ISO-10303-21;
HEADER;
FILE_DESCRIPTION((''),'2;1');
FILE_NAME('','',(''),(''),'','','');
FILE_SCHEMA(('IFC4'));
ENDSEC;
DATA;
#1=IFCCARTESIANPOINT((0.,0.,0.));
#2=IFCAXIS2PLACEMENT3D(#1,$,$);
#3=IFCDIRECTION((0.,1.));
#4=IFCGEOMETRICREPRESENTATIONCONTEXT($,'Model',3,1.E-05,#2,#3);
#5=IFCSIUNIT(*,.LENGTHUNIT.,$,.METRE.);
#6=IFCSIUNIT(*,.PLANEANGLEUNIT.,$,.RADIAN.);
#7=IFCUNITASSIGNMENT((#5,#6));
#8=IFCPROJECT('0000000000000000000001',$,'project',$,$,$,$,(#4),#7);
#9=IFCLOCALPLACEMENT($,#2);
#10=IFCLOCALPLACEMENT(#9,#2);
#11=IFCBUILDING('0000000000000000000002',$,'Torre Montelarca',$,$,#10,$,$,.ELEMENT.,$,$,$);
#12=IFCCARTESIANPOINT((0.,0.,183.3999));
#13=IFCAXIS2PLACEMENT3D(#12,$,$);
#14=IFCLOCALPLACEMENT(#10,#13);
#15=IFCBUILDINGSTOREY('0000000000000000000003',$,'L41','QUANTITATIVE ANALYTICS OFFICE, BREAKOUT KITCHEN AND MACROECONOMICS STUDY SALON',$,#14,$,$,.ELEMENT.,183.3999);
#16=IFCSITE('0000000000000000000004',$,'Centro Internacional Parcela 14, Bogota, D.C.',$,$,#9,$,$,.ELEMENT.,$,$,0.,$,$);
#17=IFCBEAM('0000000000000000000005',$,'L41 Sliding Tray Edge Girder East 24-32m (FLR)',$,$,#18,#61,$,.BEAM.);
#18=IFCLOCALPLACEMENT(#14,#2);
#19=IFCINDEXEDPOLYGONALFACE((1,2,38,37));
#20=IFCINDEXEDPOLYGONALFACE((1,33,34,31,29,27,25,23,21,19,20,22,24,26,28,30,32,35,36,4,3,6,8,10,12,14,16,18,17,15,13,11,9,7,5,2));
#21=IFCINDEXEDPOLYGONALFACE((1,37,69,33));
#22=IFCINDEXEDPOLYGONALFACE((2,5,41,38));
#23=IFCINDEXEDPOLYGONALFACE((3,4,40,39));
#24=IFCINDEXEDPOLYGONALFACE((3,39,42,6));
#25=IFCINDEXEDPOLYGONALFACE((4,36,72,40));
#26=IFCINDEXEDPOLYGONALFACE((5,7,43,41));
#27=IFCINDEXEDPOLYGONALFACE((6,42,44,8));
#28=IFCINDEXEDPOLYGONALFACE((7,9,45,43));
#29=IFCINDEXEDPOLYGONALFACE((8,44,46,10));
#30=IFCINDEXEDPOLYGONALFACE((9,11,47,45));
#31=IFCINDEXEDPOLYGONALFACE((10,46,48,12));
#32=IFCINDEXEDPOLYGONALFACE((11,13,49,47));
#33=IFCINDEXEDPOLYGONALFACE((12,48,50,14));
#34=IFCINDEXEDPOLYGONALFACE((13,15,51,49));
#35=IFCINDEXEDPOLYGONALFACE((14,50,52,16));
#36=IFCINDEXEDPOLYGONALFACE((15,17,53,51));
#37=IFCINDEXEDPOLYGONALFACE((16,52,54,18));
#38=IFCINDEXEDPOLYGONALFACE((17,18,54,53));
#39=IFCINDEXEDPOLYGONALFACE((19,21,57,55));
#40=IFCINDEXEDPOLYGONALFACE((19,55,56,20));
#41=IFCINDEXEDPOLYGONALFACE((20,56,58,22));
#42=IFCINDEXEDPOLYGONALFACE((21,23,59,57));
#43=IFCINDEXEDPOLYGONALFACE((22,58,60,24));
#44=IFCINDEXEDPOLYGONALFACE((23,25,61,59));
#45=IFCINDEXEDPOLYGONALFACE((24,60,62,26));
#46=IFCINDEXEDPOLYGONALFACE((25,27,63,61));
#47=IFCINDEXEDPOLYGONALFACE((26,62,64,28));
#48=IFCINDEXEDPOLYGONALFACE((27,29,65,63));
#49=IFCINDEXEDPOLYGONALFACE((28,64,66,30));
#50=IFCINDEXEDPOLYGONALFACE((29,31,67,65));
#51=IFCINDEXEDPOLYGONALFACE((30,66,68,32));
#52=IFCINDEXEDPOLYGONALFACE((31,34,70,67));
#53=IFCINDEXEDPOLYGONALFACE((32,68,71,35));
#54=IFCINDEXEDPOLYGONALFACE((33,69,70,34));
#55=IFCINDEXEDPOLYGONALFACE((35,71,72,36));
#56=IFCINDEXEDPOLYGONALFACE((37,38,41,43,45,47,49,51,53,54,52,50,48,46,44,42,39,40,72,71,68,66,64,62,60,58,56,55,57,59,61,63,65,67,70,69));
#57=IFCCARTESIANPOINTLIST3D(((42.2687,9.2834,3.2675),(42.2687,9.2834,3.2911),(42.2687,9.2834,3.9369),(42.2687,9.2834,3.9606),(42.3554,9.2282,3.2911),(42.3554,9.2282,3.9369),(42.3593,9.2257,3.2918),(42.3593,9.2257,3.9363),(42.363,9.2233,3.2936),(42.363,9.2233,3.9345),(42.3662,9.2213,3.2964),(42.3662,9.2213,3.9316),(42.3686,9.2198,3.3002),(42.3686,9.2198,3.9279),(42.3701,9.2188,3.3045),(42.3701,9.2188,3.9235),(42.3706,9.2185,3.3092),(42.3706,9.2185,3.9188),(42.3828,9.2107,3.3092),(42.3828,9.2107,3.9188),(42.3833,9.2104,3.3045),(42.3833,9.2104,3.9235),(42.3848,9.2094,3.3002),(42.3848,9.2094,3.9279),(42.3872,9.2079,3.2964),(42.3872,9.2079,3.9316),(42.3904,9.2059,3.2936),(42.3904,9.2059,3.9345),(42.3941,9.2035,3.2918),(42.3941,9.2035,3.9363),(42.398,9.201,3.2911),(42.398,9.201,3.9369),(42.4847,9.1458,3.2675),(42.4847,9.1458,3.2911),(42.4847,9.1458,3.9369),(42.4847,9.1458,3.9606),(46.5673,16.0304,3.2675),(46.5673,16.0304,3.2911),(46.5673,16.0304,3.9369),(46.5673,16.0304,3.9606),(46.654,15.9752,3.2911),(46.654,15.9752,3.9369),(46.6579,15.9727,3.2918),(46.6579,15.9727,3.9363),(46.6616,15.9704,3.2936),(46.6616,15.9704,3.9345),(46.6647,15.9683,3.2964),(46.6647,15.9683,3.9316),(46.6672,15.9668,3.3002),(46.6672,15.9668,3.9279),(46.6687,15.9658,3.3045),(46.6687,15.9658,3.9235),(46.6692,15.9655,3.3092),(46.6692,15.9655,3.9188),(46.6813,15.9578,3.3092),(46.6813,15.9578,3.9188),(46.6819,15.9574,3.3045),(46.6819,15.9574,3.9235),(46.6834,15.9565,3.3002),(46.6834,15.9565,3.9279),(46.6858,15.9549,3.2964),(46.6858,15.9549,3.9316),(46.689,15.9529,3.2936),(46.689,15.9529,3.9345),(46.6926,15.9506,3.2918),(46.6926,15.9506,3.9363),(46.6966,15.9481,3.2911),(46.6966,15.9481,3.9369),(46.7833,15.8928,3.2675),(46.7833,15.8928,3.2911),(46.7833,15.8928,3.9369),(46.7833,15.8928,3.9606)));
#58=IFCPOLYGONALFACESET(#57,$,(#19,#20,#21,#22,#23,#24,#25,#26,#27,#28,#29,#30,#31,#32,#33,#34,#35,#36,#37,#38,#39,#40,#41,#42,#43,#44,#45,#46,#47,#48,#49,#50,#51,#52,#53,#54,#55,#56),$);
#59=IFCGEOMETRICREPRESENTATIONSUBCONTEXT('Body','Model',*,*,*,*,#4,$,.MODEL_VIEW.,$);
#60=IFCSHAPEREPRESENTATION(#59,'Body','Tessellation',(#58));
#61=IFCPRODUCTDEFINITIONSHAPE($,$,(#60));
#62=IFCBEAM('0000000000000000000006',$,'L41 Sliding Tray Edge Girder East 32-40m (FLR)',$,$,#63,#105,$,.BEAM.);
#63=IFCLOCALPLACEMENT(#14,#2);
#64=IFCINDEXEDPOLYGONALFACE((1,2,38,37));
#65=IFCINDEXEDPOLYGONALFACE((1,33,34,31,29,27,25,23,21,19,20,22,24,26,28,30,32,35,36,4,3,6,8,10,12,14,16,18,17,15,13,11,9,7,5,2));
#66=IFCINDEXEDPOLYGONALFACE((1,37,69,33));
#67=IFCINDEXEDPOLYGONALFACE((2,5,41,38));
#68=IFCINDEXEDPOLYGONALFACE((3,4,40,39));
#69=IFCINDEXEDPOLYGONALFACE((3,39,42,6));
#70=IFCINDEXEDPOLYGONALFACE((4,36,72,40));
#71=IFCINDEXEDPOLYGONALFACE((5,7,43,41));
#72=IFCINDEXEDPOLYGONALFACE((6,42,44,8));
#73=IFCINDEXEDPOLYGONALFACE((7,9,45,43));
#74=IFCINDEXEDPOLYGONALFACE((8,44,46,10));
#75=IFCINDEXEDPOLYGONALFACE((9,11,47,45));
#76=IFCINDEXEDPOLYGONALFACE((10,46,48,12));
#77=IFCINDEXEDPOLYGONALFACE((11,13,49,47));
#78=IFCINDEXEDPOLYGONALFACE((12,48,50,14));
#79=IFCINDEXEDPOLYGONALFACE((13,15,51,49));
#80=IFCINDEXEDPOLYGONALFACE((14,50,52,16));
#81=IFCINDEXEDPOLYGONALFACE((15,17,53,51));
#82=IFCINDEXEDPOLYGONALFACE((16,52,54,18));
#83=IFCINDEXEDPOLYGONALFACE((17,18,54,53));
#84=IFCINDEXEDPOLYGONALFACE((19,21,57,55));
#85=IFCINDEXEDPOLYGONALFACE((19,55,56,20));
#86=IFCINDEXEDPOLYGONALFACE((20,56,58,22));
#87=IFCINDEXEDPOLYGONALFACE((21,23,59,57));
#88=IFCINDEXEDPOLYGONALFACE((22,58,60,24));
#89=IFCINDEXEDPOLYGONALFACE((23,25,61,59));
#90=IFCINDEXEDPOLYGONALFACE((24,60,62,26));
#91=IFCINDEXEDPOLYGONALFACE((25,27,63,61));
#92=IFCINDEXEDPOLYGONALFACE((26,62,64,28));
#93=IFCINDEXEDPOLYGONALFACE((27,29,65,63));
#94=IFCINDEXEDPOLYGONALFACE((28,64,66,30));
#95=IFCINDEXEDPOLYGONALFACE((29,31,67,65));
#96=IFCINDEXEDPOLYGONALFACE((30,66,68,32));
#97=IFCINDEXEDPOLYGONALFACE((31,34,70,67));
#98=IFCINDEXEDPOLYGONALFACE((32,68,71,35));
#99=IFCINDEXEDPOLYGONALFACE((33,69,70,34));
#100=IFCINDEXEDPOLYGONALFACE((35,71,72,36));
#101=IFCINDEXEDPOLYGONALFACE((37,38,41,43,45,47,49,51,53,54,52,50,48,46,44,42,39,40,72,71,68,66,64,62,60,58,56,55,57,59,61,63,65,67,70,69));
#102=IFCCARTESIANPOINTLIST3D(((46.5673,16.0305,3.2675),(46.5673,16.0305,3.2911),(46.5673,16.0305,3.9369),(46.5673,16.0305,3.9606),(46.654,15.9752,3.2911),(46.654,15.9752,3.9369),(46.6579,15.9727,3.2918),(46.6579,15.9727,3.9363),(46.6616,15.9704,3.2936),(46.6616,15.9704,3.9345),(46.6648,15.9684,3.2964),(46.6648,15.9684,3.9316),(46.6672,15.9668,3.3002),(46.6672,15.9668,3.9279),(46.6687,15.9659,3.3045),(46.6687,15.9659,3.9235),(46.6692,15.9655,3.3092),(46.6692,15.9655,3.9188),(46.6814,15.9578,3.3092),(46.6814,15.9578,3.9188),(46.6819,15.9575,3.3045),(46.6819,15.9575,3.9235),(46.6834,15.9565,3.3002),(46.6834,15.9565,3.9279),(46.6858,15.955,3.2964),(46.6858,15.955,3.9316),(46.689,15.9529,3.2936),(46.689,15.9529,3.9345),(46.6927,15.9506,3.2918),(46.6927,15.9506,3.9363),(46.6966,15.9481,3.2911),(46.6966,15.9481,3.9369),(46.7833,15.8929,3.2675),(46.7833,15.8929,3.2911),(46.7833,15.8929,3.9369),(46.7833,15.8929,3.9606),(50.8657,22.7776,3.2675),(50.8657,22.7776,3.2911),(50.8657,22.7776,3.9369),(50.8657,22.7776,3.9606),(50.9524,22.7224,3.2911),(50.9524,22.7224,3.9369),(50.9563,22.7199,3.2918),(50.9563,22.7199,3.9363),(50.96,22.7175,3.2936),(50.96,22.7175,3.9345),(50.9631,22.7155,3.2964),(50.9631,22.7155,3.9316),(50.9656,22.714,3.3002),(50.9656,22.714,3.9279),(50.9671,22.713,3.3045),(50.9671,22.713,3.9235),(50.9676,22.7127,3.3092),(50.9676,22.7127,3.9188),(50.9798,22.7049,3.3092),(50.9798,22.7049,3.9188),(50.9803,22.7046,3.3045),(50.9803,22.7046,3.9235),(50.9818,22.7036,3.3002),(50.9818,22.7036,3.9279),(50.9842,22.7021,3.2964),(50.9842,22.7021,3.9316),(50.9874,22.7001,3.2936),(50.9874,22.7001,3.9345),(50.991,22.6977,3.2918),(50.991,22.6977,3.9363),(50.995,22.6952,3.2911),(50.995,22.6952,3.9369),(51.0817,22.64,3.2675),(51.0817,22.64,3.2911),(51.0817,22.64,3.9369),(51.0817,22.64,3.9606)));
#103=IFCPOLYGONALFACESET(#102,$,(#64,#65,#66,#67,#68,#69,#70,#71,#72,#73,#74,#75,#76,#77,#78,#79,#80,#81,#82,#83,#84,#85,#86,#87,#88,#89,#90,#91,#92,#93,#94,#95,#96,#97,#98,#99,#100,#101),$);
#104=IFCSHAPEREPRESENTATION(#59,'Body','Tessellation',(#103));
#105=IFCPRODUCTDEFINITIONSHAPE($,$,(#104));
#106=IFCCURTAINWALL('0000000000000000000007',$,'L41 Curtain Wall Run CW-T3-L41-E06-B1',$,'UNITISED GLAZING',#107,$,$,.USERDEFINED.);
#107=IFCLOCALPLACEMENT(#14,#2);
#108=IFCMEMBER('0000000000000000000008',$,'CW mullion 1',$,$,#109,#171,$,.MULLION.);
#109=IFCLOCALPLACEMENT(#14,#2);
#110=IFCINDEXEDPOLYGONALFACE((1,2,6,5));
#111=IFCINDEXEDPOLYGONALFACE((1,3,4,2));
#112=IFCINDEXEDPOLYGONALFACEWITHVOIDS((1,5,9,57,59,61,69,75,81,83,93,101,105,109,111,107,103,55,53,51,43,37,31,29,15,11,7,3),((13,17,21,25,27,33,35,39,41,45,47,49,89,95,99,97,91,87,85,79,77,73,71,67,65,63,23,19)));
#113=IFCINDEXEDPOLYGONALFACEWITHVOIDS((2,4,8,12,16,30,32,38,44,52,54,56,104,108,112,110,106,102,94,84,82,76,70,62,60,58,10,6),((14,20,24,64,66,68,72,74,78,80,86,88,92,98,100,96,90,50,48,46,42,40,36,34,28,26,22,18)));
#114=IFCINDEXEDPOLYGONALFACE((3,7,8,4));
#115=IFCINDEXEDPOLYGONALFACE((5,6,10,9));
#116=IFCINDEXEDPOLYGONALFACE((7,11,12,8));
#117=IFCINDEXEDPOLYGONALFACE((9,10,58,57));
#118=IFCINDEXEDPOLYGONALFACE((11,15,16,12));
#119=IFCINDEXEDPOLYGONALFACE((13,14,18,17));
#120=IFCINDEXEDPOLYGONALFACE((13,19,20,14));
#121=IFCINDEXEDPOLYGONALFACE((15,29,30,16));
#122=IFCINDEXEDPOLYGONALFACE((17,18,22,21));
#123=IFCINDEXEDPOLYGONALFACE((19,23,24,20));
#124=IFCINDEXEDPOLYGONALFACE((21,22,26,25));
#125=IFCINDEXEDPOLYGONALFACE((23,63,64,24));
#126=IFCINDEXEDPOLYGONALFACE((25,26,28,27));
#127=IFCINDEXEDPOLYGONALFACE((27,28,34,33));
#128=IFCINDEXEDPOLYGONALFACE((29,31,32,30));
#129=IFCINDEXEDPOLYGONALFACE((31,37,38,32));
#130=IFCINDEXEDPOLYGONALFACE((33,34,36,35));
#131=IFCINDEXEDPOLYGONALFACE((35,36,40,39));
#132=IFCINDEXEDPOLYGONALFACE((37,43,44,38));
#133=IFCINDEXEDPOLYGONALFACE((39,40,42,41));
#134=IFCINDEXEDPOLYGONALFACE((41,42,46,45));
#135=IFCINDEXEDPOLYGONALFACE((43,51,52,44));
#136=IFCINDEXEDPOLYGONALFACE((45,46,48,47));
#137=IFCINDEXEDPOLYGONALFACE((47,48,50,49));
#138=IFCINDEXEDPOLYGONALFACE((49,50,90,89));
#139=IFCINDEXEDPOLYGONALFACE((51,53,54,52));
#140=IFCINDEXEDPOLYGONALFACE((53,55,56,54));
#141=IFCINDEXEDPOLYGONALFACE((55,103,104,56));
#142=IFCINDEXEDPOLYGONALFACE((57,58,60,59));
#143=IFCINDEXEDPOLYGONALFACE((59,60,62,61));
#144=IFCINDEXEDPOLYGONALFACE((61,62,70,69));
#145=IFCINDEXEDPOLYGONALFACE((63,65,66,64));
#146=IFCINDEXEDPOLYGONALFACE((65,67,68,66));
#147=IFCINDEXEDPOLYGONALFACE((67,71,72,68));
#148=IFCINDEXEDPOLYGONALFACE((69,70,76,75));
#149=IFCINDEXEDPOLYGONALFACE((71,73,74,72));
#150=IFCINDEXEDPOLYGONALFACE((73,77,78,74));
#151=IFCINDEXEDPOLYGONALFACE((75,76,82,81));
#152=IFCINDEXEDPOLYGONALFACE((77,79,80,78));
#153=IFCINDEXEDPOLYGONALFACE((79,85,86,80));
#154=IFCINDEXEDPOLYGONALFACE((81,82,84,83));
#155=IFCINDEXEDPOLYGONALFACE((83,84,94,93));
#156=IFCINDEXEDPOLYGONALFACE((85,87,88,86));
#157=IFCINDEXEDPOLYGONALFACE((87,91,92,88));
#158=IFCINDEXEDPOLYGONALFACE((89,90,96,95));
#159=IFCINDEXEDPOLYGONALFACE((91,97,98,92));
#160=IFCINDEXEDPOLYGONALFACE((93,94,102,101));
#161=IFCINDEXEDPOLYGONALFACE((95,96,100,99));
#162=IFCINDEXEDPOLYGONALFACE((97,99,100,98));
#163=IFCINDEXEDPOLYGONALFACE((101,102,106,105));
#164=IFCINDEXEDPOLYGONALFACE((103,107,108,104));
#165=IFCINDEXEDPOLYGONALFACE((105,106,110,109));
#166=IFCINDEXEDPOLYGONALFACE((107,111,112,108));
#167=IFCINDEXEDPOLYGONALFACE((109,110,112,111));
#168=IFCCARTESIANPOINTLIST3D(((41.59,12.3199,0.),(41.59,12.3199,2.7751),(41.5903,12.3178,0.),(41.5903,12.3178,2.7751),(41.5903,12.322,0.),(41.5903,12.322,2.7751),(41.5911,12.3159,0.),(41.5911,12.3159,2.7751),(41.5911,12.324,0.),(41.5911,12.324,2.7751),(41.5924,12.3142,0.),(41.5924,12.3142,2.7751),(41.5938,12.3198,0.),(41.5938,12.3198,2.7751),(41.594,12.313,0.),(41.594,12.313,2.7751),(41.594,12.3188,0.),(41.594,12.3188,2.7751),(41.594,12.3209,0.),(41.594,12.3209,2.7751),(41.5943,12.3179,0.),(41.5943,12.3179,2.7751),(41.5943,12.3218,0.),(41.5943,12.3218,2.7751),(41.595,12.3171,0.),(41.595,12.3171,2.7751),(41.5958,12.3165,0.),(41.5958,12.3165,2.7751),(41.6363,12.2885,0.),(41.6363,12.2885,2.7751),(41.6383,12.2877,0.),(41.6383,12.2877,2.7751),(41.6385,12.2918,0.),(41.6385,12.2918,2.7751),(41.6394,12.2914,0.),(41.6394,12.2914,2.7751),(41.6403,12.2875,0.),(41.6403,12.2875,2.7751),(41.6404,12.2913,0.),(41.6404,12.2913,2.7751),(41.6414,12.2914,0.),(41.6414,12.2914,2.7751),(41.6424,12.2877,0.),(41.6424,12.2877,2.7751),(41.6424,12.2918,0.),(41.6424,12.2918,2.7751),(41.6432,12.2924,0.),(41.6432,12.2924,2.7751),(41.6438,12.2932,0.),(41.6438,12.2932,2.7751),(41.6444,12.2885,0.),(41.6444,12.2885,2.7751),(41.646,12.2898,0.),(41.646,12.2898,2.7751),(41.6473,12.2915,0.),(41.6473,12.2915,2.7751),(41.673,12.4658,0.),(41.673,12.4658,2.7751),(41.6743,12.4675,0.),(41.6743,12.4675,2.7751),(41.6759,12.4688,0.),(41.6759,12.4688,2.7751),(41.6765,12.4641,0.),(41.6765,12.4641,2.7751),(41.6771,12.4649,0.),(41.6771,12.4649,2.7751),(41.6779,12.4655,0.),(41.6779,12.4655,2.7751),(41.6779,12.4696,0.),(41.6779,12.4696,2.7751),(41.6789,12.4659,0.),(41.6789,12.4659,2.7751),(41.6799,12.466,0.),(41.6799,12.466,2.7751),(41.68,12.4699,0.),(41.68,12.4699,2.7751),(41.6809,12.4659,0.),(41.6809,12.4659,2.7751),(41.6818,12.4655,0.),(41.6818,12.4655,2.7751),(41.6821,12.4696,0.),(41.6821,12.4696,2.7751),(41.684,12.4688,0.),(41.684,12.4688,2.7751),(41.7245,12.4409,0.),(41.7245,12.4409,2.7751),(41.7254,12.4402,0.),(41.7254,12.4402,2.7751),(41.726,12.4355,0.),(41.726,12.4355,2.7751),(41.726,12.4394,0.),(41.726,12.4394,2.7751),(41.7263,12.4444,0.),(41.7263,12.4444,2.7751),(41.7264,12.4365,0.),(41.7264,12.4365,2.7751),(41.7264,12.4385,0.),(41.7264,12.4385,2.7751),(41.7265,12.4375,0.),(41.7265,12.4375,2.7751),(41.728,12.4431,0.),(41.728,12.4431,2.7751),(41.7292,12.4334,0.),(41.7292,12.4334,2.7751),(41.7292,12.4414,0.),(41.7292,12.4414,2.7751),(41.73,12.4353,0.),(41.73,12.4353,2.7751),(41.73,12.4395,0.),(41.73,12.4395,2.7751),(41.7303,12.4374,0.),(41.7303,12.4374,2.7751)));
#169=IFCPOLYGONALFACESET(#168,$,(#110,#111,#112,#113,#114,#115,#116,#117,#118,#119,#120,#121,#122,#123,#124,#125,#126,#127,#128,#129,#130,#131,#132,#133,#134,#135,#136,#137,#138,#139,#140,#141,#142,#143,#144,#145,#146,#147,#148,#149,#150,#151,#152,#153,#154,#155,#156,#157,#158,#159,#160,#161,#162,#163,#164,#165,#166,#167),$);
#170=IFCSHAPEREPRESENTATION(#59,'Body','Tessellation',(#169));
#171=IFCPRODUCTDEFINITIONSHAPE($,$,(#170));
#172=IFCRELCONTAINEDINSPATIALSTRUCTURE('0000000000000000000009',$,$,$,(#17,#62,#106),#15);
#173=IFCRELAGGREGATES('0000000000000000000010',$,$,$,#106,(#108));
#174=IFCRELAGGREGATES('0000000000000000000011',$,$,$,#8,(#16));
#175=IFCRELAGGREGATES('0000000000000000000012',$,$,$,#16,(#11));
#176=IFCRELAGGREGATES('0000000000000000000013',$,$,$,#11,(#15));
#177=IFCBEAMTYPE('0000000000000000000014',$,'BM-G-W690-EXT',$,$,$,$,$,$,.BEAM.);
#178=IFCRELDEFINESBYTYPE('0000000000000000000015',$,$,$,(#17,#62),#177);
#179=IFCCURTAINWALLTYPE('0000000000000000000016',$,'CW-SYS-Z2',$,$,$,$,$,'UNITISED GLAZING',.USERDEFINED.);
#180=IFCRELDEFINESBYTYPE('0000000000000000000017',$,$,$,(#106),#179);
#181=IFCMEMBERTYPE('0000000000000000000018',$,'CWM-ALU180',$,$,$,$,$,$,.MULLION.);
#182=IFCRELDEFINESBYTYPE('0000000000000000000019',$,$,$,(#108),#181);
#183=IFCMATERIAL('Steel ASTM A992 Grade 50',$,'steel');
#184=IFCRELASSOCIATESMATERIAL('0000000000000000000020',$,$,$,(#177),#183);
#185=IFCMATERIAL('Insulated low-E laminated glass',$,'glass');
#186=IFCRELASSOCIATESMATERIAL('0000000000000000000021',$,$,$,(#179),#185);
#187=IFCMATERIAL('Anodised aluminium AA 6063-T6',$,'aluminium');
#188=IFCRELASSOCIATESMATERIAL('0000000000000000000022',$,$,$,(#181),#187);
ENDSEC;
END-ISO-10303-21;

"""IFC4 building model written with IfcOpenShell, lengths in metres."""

from ifc_helpers import new_model, si_unit, direction, frame, origin, origin_2d, place, context, subcontext, project, spatial, hollow_rectangle, i_section, extrude, source, transform, mapped, material, material_profile, profile_set, type_object, element, aggregate, save


model = new_model("IFC4")

# Units and contexts
model_context = context("Model", 3, precision=1e-05, world=origin(), true_north=direction((0.0, 1.0)))
body_context = subcontext(model_context, "Body", "Model", "MODEL_VIEW")
ifc_project = project(units=[si_unit("LENGTHUNIT", "METRE"), si_unit("PLANEANGLEUNIT", "RADIAN")], contexts=[model_context])

# Site, building, storey
site_placement = place(None, origin())
site = spatial("IfcSite", under=ifc_project, at=site_placement, Name="Centro Internacional Parcela 14, Bogota, D.C.", CompositionType="ELEMENT", RefElevation=0.0)
building_placement = place(site_placement, origin())
building = spatial("IfcBuilding", under=site, at=building_placement, Name="Torre Montelarca", CompositionType="ELEMENT")
storey_placement = place(building_placement, frame((0.0, 0.0, 183.3999)))
storey = spatial("IfcBuildingStorey", under=building, at=storey_placement, Name="L41", Description="QUANTITATIVE ANALYTICS OFFICE, BREAKOUT KITCHEN AND MACROECONOMICS STUDY SALON", CompositionType="ELEMENT", Elevation=183.3999)

# Beams
ifc_material_1 = material(Name="Steel ASTM A992 Grade 50", Category="steel")
ifc_material_profile_1 = material_profile(ifc_material_1, i_section(OverallWidth=0.2561, OverallDepth=0.6931, WebThickness=0.0144, FlangeThickness=0.0237, FilletRadius=0.0181, at=origin_2d()), Name="W690X170", Category="steel")
ifc_profile_set_1 = profile_set([ifc_material_profile_1], Name="Steel ASTM A992 Grade 50")
beam_type_1 = type_object("IfcBeamType", Name="BM-G-W690-EXT", PredefinedType="BEAM", material=ifc_profile_set_1)
shared_shape_1 = source(origin(), body_context, "Body", "SweptSolid", [
    extrude(i_section(OverallWidth=0.2561, OverallDepth=0.6931, WebThickness=0.0144, FlangeThickness=0.0237, FilletRadius=0.0181, at=origin_2d()), origin(), (0.0, 0.0, 1.0), 8.0),
])
for number, where, z_axis, x_axis, name in (
    (1, (42.3767, 9.2146, 3.614), (0.53732, 0.843379, 0.0), (-0.843379, 0.53732, 0.0), "L41 Sliding Tray Edge Girder East 24-32m (FLR)"),
    (2, (46.6753, 15.9617, 3.614), (0.537298, 0.843392, 0.0), (-0.843392, 0.537298, 0.0), "L41 Sliding Tray Edge Girder East 32-40m (FLR)"),
):
    element("IfcBeam", number, at=place(storey_placement, frame(where, z_axis=z_axis, x_axis=x_axis)), inside=storey, type_object=beam_type_1, Name=name, PredefinedType="BEAM", context=body_context, shape_type="MappedRepresentation", body=[
        mapped(shared_shape_1, transform((0.0, 0.0, 0.0), scale=1.0)),
    ])

# Curtain wall, member
ifc_material_2 = material(Name="Insulated low-E laminated glass", Category="glass")
curtain_wall_type = type_object("IfcCurtainWallType", Name="CW-SYS-Z2", ElementType="UNITISED GLAZING", PredefinedType="USERDEFINED", material=ifc_material_2)
curtain_wall_1_placement = place(storey_placement, origin())
curtain_wall_1 = element("IfcCurtainWall", 3, at=curtain_wall_1_placement, inside=storey, type_object=curtain_wall_type, Name="L41 Curtain Wall Run CW-T3-L41-E06-B1", ObjectType="UNITISED GLAZING", PredefinedType="USERDEFINED")
ifc_material_3 = material(Name="Anodised aluminium AA 6063-T6", Category="aluminium")
ifc_material_profile_2 = material_profile(ifc_material_3, hollow_rectangle(XDim=0.0649, YDim=0.1799, WallThickness=0.0039, InnerFilletRadius=0.0039, OuterFilletRadius=0.0081, at=origin_2d()), Name="ALU65X180X4", Category="aluminium")
ifc_profile_set_2 = profile_set([ifc_material_profile_2], Name="Anodised aluminium AA 6063-T6")
member_type_1 = type_object("IfcMemberType", Name="CWM-ALU180", PredefinedType="MULLION", material=ifc_profile_set_2)
shared_shape_2 = source(origin(), body_context, "Body", "SweptSolid", [
    extrude(hollow_rectangle(XDim=0.0649, YDim=0.1799, WallThickness=0.0039, InnerFilletRadius=0.0039, OuterFilletRadius=0.0081, at=origin_2d()), origin(), (0.0, 0.0, 1.0), 2.7751),
])
member_1_placement = place(storey_placement, frame((41.6602, 12.3787, 0.0), z_axis=(0.0, 0.0, 1.0), x_axis=(-0.866021, 0.500008, 0.0)))
member_1 = element("IfcMember", 4, at=member_1_placement, type_object=member_type_1, Name="CW mullion 1", PredefinedType="MULLION", context=body_context, shape_type="MappedRepresentation", body=[
    mapped(shared_shape_2, transform((0.0, 0.0, 0.0), scale=1.0)),
])

aggregate(curtain_wall_1, [member_1])

save(model, "model.ifc")
